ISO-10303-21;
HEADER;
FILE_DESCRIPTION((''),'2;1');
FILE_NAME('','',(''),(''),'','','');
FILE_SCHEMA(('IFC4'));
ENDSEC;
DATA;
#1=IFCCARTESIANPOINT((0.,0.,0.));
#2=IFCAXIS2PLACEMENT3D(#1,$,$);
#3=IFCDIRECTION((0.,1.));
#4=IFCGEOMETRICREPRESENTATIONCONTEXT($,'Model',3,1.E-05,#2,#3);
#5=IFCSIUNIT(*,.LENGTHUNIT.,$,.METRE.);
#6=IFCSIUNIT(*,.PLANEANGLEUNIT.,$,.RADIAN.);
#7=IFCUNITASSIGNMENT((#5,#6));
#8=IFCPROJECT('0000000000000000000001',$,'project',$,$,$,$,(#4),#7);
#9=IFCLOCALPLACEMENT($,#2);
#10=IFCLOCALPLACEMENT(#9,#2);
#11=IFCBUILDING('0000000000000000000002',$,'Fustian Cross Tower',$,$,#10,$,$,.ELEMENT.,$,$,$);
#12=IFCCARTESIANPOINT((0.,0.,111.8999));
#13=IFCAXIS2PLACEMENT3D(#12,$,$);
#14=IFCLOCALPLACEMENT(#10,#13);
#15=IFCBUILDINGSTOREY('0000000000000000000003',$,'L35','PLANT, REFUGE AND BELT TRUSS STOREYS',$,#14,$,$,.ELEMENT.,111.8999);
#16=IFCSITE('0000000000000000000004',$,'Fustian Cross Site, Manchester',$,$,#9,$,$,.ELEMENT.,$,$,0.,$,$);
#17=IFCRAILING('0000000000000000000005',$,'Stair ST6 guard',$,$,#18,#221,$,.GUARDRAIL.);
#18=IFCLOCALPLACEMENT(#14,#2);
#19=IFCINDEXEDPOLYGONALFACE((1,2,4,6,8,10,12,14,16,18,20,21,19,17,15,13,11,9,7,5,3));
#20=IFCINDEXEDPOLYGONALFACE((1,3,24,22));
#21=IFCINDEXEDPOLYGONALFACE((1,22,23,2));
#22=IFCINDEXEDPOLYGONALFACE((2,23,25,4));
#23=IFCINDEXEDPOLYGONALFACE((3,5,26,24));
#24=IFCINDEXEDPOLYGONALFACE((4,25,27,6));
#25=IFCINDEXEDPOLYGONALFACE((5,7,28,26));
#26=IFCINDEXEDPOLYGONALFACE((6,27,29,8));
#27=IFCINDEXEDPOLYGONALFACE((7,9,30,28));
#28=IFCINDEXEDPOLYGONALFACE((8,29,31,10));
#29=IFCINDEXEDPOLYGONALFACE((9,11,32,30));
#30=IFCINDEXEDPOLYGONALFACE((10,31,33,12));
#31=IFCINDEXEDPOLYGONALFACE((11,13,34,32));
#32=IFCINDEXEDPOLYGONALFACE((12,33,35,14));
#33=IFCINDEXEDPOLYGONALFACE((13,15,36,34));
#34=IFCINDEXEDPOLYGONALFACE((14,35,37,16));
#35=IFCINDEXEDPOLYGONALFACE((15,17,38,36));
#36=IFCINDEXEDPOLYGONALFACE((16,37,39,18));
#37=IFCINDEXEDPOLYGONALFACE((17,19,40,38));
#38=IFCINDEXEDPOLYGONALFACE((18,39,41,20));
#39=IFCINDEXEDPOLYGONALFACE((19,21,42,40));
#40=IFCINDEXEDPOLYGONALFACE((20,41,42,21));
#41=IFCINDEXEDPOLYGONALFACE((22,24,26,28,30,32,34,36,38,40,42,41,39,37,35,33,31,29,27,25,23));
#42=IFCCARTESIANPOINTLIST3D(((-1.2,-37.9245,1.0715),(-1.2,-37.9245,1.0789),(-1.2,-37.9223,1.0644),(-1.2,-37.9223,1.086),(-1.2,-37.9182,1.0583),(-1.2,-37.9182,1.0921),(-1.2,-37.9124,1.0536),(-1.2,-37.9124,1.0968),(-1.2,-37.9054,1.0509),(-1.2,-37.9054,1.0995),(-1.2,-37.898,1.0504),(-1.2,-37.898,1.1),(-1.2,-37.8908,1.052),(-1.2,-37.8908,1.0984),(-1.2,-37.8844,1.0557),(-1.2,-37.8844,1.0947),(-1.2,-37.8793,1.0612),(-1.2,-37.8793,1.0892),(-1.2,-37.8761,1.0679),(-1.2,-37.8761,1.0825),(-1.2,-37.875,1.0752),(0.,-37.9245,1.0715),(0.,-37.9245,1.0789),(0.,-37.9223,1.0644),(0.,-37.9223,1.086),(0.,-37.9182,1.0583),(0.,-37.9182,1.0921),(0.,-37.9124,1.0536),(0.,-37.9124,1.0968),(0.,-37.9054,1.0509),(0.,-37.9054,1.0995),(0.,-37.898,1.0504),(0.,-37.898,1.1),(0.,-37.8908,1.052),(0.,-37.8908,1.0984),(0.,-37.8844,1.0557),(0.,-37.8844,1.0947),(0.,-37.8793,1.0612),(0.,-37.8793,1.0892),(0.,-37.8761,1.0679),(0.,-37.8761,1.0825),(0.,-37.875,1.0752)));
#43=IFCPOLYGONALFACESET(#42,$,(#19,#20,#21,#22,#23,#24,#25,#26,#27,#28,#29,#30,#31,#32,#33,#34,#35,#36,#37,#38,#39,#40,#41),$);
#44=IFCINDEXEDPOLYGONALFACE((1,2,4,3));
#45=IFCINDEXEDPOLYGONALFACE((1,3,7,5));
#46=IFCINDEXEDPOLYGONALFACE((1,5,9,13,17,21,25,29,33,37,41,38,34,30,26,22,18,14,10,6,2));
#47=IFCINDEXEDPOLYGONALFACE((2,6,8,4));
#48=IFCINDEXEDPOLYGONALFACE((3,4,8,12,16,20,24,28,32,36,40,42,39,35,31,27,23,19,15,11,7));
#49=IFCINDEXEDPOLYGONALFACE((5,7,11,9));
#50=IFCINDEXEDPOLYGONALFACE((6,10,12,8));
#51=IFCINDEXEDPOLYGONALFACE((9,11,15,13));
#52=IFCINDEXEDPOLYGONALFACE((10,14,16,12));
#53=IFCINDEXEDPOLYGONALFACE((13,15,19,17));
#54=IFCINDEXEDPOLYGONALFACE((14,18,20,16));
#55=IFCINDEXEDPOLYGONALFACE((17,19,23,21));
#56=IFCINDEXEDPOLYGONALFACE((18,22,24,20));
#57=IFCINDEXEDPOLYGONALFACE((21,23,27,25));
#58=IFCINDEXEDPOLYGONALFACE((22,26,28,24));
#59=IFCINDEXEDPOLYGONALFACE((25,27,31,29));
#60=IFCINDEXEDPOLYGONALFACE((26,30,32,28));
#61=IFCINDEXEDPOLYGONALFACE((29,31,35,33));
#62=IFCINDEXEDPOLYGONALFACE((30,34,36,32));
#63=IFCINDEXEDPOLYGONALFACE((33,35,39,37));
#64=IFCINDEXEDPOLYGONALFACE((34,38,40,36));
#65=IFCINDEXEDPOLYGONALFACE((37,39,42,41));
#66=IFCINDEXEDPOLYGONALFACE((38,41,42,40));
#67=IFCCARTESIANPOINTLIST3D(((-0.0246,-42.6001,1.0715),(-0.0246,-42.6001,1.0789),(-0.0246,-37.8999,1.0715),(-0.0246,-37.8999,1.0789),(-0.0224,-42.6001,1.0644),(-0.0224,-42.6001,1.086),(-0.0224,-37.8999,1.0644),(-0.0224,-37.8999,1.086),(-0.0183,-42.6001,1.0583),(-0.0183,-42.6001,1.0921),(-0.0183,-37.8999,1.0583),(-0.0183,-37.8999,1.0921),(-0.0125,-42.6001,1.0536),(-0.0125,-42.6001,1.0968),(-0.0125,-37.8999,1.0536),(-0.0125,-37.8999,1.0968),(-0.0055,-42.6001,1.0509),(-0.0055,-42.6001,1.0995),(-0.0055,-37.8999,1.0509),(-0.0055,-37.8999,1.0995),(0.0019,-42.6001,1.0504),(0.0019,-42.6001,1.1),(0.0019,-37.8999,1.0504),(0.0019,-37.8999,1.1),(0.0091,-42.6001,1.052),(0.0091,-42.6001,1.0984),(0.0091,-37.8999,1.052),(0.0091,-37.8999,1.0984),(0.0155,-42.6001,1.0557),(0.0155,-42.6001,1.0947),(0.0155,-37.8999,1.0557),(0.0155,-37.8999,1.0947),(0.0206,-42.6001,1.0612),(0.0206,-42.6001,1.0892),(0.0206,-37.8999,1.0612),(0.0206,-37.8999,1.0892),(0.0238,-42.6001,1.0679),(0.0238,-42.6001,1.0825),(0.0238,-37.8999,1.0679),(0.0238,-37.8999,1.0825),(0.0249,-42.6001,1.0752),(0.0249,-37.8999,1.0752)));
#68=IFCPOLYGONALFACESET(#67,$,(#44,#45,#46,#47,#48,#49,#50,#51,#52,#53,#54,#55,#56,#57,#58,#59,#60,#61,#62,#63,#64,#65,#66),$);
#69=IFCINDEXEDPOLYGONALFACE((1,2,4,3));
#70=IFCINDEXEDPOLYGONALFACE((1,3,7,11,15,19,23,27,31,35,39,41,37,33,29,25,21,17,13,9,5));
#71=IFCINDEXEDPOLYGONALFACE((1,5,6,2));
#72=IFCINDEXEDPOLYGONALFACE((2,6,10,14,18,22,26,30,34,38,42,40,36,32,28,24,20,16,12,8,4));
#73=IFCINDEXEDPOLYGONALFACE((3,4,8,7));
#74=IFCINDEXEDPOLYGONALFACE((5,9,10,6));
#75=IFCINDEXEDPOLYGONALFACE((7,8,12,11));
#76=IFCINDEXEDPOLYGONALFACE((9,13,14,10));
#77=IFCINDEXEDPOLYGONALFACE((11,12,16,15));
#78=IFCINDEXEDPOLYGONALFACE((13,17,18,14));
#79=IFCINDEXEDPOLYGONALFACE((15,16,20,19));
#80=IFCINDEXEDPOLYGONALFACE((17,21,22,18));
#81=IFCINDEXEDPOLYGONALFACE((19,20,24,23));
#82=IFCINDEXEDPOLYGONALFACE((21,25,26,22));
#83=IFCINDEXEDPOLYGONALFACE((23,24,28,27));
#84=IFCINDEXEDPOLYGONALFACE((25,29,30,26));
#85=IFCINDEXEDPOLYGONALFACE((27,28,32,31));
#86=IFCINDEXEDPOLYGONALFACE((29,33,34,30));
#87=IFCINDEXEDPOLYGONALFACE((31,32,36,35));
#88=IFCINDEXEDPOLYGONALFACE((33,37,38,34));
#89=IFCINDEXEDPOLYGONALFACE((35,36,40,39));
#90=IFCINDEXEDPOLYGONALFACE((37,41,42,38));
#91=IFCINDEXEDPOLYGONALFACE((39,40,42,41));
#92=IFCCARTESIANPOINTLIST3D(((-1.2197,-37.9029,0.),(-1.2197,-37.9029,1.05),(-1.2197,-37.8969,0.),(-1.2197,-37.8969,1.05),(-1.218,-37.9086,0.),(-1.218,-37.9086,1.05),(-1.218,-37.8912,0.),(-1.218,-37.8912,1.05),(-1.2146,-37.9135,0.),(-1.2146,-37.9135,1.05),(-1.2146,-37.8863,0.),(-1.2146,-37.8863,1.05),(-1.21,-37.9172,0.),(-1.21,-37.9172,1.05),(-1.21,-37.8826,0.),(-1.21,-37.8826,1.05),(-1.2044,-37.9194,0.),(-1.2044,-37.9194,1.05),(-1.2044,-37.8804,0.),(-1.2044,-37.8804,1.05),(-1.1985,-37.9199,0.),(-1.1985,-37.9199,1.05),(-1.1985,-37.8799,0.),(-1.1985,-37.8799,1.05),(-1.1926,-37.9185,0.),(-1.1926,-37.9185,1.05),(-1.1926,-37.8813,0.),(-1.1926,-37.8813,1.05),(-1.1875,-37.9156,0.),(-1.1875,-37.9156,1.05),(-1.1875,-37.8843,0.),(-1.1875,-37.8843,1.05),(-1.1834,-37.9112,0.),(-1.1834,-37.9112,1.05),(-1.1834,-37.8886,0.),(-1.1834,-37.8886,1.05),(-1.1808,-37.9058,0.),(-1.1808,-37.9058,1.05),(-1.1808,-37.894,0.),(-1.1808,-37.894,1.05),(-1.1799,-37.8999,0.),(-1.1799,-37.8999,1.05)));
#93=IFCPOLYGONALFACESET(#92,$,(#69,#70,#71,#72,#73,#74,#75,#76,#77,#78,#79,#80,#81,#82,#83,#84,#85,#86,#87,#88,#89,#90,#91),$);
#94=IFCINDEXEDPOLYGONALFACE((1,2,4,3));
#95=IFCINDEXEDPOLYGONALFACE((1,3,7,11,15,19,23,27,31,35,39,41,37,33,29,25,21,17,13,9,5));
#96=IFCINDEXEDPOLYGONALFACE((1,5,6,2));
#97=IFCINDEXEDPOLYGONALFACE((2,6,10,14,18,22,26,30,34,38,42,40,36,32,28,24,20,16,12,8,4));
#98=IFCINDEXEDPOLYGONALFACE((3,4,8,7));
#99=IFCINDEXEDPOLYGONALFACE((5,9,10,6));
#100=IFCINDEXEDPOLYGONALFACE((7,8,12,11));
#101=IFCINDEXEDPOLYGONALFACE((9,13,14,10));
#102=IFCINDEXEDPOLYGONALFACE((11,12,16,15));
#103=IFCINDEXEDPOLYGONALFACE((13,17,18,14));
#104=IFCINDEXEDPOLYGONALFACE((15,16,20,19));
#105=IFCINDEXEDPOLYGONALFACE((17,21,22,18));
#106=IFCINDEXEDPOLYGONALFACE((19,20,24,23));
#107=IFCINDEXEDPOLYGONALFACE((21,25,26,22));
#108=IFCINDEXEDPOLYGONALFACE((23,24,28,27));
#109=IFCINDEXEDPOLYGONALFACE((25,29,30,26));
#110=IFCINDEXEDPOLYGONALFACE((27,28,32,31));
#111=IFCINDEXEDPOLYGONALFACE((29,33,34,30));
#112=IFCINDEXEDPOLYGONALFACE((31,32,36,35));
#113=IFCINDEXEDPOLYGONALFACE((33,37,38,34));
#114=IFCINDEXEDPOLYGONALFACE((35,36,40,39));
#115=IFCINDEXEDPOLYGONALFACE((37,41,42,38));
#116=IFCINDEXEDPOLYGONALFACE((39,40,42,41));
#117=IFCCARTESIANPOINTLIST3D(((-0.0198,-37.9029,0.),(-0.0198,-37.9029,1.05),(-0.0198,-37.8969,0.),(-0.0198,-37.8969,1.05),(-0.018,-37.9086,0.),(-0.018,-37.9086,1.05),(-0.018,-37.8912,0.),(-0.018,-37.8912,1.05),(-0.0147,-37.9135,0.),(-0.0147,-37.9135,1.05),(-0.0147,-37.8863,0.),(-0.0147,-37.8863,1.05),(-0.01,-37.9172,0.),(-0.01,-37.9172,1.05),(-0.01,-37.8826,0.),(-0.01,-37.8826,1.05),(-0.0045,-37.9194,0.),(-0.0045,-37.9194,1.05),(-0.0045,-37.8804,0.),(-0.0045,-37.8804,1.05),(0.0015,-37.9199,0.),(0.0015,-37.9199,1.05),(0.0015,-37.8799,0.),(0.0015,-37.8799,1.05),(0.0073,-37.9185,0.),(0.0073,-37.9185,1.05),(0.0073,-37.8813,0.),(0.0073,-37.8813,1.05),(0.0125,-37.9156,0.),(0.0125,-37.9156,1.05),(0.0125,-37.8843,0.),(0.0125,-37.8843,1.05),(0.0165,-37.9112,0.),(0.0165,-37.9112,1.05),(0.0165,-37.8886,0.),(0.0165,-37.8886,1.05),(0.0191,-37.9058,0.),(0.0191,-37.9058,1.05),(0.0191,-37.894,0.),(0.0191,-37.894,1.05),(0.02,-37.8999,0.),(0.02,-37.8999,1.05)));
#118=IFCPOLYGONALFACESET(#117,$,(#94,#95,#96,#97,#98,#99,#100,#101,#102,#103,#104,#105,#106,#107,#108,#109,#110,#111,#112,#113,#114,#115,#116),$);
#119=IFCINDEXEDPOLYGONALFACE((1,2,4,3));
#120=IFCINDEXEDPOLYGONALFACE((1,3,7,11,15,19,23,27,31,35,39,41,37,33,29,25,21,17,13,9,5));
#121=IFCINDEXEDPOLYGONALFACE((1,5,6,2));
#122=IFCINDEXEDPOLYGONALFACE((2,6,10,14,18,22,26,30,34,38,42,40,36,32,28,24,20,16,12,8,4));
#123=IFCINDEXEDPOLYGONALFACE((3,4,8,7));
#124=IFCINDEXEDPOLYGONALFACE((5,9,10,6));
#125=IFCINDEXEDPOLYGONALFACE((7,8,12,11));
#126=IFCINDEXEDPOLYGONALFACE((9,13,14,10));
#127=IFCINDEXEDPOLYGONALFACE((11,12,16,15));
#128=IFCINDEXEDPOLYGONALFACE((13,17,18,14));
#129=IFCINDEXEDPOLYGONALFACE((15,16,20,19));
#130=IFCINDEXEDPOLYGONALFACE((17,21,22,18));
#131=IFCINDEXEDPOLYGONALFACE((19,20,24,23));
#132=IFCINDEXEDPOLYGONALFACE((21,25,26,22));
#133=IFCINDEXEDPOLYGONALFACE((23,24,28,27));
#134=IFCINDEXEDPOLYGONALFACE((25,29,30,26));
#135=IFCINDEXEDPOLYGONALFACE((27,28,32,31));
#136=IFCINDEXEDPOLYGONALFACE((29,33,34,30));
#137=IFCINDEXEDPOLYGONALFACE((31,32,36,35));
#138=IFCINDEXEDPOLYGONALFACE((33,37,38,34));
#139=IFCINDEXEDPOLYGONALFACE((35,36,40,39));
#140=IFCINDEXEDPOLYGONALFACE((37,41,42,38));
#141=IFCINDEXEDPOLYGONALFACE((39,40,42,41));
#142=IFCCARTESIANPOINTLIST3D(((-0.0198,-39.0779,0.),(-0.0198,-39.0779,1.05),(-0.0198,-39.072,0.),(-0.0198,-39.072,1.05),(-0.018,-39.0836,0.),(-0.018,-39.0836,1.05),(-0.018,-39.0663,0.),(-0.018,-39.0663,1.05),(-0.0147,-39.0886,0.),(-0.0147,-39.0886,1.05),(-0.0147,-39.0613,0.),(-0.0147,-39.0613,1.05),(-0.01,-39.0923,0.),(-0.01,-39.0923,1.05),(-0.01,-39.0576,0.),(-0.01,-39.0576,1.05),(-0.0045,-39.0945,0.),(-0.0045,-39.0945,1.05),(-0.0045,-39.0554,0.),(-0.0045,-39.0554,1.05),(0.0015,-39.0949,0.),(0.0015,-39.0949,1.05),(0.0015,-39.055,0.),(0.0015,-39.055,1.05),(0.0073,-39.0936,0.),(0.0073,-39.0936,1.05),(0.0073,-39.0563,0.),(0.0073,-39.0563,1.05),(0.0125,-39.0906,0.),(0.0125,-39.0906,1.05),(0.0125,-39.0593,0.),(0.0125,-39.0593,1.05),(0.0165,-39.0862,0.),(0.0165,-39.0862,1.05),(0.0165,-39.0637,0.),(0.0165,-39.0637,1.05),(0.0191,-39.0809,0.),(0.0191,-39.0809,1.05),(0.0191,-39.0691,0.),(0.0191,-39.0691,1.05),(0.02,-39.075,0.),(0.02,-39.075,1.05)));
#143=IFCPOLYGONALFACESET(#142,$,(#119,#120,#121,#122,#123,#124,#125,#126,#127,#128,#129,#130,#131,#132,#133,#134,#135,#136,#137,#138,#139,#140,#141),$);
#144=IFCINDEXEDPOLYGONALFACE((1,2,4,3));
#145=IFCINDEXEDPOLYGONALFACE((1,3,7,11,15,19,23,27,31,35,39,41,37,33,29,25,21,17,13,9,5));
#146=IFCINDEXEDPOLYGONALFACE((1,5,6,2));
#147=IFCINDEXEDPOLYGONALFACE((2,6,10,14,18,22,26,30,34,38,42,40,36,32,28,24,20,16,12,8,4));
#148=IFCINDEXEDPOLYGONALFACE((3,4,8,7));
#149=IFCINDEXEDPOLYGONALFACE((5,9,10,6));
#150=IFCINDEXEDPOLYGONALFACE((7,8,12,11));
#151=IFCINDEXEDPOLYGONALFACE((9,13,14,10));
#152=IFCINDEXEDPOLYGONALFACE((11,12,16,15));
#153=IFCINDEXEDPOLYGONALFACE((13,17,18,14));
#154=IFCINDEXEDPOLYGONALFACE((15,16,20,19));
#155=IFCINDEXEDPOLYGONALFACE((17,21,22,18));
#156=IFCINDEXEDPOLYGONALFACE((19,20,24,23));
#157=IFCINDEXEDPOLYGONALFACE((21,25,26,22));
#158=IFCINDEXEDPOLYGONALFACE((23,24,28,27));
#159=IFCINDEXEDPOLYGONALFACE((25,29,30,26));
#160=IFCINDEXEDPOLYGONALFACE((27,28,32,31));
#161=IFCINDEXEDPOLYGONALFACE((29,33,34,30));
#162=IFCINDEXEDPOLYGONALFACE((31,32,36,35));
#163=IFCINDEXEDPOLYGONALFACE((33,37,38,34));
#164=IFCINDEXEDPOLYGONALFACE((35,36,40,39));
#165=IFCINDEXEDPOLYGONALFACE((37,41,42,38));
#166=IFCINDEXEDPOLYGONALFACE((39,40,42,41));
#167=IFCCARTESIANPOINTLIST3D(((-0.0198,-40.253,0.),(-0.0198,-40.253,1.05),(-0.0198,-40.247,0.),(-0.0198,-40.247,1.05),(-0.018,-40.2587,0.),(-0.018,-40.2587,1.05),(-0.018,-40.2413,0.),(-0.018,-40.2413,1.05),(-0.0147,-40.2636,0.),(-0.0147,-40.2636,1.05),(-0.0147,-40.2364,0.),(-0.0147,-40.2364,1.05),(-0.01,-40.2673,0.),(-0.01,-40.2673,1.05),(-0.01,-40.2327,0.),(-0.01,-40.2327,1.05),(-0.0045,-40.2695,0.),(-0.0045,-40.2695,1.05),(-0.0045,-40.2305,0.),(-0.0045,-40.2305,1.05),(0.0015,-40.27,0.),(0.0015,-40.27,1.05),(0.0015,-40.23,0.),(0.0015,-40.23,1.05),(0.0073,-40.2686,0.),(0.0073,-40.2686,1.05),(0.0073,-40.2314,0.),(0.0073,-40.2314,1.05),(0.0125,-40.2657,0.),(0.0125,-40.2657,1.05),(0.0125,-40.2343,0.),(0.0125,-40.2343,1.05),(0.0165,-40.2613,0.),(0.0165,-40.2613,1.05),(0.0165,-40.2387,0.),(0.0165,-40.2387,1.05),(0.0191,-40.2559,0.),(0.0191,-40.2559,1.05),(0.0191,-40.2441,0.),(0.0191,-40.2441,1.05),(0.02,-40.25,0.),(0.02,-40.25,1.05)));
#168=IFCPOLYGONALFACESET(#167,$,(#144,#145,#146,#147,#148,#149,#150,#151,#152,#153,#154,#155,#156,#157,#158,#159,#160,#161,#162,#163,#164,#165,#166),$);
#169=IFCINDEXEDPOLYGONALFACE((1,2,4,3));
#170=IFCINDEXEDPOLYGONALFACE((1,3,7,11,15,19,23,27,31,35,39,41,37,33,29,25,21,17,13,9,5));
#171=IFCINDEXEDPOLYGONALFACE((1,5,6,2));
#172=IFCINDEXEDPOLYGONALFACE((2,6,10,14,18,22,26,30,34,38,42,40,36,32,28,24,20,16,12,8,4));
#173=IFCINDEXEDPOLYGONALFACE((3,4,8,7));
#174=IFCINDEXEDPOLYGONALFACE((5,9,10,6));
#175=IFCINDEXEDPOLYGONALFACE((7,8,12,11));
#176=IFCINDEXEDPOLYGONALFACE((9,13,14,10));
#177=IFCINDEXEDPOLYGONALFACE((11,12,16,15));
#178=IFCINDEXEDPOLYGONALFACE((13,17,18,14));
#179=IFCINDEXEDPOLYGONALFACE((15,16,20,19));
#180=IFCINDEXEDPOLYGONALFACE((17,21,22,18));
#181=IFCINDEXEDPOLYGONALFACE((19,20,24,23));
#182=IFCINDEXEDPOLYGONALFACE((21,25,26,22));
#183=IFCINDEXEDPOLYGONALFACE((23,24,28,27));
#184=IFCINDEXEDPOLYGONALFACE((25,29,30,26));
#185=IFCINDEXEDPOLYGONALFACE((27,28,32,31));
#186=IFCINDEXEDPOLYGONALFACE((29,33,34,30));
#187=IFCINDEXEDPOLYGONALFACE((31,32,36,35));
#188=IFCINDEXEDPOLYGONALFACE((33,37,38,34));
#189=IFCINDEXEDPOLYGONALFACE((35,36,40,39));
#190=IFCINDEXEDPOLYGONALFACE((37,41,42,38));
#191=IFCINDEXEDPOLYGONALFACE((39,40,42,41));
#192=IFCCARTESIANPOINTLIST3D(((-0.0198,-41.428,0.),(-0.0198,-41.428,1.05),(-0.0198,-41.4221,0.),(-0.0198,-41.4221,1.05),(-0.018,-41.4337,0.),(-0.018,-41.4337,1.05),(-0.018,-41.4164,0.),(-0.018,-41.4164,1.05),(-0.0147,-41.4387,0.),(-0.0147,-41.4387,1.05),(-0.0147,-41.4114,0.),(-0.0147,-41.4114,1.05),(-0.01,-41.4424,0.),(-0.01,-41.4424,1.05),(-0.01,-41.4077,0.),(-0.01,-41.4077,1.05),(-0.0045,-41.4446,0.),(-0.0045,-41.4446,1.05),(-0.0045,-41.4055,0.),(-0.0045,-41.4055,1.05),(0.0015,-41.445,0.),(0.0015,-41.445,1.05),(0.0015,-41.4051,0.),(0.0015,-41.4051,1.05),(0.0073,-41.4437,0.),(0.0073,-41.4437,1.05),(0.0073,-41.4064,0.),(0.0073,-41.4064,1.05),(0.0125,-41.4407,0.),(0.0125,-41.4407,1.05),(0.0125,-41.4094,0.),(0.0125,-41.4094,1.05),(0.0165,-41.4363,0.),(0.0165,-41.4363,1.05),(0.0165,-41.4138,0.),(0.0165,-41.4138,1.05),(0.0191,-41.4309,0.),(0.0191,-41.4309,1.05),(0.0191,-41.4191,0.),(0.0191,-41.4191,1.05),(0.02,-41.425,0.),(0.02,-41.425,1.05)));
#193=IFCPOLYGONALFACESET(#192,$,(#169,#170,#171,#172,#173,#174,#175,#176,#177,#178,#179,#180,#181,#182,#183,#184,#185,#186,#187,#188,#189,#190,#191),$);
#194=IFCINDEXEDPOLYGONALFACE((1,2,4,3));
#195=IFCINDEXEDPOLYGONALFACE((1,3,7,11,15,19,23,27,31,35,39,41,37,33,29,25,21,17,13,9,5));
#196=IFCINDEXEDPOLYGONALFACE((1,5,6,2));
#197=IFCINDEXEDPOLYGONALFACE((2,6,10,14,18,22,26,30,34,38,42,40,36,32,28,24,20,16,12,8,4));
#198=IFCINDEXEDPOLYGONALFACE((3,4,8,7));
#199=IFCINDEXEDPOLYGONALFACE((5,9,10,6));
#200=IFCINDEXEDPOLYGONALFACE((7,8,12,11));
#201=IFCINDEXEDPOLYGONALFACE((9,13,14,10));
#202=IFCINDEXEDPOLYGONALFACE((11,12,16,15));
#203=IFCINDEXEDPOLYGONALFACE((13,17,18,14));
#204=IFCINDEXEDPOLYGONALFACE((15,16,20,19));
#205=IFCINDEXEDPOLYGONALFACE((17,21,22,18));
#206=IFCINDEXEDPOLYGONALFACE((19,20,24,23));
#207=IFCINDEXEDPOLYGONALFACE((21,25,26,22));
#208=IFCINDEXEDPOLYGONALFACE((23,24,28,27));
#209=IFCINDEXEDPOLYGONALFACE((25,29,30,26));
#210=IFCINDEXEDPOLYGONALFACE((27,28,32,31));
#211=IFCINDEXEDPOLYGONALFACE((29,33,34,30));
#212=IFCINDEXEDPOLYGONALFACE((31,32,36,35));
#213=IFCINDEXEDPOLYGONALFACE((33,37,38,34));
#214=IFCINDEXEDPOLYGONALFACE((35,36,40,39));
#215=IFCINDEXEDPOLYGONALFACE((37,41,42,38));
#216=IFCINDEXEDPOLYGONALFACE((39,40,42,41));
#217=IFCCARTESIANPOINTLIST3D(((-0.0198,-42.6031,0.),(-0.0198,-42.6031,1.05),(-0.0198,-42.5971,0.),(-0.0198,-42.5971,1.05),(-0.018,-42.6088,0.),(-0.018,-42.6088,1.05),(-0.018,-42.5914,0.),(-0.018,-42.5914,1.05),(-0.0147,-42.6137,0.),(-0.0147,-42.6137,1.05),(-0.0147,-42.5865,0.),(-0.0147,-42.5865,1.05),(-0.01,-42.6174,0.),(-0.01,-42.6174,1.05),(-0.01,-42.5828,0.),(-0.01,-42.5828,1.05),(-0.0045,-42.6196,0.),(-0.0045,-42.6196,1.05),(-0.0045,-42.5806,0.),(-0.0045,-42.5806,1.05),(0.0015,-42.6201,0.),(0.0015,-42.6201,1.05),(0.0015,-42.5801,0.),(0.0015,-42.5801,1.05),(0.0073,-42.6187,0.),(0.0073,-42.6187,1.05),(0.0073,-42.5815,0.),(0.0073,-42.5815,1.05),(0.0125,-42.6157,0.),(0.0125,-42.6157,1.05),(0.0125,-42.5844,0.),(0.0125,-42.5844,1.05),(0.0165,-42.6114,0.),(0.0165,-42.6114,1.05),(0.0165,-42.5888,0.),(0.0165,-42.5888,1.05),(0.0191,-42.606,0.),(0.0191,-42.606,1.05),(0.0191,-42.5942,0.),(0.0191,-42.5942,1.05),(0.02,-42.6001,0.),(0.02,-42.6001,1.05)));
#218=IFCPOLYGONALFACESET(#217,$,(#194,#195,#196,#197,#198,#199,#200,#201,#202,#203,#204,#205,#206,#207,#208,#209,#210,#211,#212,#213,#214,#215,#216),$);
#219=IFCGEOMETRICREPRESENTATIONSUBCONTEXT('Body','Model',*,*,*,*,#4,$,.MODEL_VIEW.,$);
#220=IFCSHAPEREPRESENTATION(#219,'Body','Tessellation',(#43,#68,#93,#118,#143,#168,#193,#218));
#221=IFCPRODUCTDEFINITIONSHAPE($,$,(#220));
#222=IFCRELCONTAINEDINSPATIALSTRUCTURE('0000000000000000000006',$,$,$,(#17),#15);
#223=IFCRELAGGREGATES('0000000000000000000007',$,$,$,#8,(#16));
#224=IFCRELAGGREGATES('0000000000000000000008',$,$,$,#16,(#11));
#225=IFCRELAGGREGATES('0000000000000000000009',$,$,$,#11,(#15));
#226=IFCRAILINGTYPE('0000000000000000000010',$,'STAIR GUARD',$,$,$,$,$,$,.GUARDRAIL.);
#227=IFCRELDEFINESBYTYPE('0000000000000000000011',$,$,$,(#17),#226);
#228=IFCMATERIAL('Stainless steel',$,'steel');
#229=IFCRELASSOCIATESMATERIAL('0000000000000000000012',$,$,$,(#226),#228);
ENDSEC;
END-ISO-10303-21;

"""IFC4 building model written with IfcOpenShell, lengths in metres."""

from ifc_helpers import new_model, si_unit, direction, frame, origin, origin_2d, place, context, subcontext, project, spatial, circle, extrude, material, type_object, element, save


model = new_model("IFC4")

# Units and contexts
model_context = context("Model", 3, precision=1e-05, world=origin(), true_north=direction((0.0, 1.0)))
body_context = subcontext(model_context, "Body", "Model", "MODEL_VIEW")
ifc_project = project(units=[si_unit("LENGTHUNIT", "METRE"), si_unit("PLANEANGLEUNIT", "RADIAN")], contexts=[model_context])

# Site, building, storey
site_placement = place(None, origin())
site = spatial("IfcSite", under=ifc_project, at=site_placement, Name="Fustian Cross Site, Manchester", CompositionType="ELEMENT", RefElevation=0.0)
building_placement = place(site_placement, origin())
building = spatial("IfcBuilding", under=site, at=building_placement, Name="Fustian Cross Tower", CompositionType="ELEMENT")
storey_placement = place(building_placement, frame((0.0, 0.0, 111.8999)))
storey = spatial("IfcBuildingStorey", under=building, at=storey_placement, Name="L35", Description="PLANT, REFUGE AND BELT TRUSS STOREYS", CompositionType="ELEMENT", Elevation=111.8999)

# Railing
ifc_material_1 = material(Name="Stainless steel", Category="steel")
railing_type = type_object("IfcRailingType", Name="STAIR GUARD", PredefinedType="GUARDRAIL", material=ifc_material_1)
railing_placement = place(storey_placement, frame((-1.2, -37.8999, 0.0)))
element("IfcRailing", 1, at=railing_placement, inside=storey, type_object=railing_type, Name="Stair ST6 guard", PredefinedType="GUARDRAIL", context=body_context, shape_type="SweptSolid", body=[
    extrude(circle(Radius=0.0249, at=origin_2d()), frame((0.0, 0.0, 1.0752), z_axis=(1.0, 0.0, 0.0), x_axis=(0.0, 1.0, 0.0)), (0.0, 0.0, 1.0), 1.2),
    extrude(circle(Radius=0.0249, at=origin_2d()), frame((1.2, 0.0, 1.0752), z_axis=(0.0, -1.0, 0.0), x_axis=(1.0, 0.0, 0.0)), (0.0, 0.0, 1.0), 4.7002),
    extrude(circle(Radius=0.02, at=origin_2d()), origin(), (0.0, 0.0, 1.0), 1.05),
    extrude(circle(Radius=0.02, at=origin_2d()), frame((1.2, 0.0, 0.0)), (0.0, 0.0, 1.0), 1.05),
    extrude(circle(Radius=0.02, at=origin_2d()), frame((1.2, -1.175, 0.0)), (0.0, 0.0, 1.0), 1.05),
    extrude(circle(Radius=0.02, at=origin_2d()), frame((1.2, -2.3501, 0.0)), (0.0, 0.0, 1.0), 1.05),
    extrude(circle(Radius=0.02, at=origin_2d()), frame((1.2, -3.5251, 0.0)), (0.0, 0.0, 1.0), 1.05),
    extrude(circle(Radius=0.02, at=origin_2d()), frame((1.2, -4.7002, 0.0)), (0.0, 0.0, 1.0), 1.05),
])

save(model, "model.ifc")
